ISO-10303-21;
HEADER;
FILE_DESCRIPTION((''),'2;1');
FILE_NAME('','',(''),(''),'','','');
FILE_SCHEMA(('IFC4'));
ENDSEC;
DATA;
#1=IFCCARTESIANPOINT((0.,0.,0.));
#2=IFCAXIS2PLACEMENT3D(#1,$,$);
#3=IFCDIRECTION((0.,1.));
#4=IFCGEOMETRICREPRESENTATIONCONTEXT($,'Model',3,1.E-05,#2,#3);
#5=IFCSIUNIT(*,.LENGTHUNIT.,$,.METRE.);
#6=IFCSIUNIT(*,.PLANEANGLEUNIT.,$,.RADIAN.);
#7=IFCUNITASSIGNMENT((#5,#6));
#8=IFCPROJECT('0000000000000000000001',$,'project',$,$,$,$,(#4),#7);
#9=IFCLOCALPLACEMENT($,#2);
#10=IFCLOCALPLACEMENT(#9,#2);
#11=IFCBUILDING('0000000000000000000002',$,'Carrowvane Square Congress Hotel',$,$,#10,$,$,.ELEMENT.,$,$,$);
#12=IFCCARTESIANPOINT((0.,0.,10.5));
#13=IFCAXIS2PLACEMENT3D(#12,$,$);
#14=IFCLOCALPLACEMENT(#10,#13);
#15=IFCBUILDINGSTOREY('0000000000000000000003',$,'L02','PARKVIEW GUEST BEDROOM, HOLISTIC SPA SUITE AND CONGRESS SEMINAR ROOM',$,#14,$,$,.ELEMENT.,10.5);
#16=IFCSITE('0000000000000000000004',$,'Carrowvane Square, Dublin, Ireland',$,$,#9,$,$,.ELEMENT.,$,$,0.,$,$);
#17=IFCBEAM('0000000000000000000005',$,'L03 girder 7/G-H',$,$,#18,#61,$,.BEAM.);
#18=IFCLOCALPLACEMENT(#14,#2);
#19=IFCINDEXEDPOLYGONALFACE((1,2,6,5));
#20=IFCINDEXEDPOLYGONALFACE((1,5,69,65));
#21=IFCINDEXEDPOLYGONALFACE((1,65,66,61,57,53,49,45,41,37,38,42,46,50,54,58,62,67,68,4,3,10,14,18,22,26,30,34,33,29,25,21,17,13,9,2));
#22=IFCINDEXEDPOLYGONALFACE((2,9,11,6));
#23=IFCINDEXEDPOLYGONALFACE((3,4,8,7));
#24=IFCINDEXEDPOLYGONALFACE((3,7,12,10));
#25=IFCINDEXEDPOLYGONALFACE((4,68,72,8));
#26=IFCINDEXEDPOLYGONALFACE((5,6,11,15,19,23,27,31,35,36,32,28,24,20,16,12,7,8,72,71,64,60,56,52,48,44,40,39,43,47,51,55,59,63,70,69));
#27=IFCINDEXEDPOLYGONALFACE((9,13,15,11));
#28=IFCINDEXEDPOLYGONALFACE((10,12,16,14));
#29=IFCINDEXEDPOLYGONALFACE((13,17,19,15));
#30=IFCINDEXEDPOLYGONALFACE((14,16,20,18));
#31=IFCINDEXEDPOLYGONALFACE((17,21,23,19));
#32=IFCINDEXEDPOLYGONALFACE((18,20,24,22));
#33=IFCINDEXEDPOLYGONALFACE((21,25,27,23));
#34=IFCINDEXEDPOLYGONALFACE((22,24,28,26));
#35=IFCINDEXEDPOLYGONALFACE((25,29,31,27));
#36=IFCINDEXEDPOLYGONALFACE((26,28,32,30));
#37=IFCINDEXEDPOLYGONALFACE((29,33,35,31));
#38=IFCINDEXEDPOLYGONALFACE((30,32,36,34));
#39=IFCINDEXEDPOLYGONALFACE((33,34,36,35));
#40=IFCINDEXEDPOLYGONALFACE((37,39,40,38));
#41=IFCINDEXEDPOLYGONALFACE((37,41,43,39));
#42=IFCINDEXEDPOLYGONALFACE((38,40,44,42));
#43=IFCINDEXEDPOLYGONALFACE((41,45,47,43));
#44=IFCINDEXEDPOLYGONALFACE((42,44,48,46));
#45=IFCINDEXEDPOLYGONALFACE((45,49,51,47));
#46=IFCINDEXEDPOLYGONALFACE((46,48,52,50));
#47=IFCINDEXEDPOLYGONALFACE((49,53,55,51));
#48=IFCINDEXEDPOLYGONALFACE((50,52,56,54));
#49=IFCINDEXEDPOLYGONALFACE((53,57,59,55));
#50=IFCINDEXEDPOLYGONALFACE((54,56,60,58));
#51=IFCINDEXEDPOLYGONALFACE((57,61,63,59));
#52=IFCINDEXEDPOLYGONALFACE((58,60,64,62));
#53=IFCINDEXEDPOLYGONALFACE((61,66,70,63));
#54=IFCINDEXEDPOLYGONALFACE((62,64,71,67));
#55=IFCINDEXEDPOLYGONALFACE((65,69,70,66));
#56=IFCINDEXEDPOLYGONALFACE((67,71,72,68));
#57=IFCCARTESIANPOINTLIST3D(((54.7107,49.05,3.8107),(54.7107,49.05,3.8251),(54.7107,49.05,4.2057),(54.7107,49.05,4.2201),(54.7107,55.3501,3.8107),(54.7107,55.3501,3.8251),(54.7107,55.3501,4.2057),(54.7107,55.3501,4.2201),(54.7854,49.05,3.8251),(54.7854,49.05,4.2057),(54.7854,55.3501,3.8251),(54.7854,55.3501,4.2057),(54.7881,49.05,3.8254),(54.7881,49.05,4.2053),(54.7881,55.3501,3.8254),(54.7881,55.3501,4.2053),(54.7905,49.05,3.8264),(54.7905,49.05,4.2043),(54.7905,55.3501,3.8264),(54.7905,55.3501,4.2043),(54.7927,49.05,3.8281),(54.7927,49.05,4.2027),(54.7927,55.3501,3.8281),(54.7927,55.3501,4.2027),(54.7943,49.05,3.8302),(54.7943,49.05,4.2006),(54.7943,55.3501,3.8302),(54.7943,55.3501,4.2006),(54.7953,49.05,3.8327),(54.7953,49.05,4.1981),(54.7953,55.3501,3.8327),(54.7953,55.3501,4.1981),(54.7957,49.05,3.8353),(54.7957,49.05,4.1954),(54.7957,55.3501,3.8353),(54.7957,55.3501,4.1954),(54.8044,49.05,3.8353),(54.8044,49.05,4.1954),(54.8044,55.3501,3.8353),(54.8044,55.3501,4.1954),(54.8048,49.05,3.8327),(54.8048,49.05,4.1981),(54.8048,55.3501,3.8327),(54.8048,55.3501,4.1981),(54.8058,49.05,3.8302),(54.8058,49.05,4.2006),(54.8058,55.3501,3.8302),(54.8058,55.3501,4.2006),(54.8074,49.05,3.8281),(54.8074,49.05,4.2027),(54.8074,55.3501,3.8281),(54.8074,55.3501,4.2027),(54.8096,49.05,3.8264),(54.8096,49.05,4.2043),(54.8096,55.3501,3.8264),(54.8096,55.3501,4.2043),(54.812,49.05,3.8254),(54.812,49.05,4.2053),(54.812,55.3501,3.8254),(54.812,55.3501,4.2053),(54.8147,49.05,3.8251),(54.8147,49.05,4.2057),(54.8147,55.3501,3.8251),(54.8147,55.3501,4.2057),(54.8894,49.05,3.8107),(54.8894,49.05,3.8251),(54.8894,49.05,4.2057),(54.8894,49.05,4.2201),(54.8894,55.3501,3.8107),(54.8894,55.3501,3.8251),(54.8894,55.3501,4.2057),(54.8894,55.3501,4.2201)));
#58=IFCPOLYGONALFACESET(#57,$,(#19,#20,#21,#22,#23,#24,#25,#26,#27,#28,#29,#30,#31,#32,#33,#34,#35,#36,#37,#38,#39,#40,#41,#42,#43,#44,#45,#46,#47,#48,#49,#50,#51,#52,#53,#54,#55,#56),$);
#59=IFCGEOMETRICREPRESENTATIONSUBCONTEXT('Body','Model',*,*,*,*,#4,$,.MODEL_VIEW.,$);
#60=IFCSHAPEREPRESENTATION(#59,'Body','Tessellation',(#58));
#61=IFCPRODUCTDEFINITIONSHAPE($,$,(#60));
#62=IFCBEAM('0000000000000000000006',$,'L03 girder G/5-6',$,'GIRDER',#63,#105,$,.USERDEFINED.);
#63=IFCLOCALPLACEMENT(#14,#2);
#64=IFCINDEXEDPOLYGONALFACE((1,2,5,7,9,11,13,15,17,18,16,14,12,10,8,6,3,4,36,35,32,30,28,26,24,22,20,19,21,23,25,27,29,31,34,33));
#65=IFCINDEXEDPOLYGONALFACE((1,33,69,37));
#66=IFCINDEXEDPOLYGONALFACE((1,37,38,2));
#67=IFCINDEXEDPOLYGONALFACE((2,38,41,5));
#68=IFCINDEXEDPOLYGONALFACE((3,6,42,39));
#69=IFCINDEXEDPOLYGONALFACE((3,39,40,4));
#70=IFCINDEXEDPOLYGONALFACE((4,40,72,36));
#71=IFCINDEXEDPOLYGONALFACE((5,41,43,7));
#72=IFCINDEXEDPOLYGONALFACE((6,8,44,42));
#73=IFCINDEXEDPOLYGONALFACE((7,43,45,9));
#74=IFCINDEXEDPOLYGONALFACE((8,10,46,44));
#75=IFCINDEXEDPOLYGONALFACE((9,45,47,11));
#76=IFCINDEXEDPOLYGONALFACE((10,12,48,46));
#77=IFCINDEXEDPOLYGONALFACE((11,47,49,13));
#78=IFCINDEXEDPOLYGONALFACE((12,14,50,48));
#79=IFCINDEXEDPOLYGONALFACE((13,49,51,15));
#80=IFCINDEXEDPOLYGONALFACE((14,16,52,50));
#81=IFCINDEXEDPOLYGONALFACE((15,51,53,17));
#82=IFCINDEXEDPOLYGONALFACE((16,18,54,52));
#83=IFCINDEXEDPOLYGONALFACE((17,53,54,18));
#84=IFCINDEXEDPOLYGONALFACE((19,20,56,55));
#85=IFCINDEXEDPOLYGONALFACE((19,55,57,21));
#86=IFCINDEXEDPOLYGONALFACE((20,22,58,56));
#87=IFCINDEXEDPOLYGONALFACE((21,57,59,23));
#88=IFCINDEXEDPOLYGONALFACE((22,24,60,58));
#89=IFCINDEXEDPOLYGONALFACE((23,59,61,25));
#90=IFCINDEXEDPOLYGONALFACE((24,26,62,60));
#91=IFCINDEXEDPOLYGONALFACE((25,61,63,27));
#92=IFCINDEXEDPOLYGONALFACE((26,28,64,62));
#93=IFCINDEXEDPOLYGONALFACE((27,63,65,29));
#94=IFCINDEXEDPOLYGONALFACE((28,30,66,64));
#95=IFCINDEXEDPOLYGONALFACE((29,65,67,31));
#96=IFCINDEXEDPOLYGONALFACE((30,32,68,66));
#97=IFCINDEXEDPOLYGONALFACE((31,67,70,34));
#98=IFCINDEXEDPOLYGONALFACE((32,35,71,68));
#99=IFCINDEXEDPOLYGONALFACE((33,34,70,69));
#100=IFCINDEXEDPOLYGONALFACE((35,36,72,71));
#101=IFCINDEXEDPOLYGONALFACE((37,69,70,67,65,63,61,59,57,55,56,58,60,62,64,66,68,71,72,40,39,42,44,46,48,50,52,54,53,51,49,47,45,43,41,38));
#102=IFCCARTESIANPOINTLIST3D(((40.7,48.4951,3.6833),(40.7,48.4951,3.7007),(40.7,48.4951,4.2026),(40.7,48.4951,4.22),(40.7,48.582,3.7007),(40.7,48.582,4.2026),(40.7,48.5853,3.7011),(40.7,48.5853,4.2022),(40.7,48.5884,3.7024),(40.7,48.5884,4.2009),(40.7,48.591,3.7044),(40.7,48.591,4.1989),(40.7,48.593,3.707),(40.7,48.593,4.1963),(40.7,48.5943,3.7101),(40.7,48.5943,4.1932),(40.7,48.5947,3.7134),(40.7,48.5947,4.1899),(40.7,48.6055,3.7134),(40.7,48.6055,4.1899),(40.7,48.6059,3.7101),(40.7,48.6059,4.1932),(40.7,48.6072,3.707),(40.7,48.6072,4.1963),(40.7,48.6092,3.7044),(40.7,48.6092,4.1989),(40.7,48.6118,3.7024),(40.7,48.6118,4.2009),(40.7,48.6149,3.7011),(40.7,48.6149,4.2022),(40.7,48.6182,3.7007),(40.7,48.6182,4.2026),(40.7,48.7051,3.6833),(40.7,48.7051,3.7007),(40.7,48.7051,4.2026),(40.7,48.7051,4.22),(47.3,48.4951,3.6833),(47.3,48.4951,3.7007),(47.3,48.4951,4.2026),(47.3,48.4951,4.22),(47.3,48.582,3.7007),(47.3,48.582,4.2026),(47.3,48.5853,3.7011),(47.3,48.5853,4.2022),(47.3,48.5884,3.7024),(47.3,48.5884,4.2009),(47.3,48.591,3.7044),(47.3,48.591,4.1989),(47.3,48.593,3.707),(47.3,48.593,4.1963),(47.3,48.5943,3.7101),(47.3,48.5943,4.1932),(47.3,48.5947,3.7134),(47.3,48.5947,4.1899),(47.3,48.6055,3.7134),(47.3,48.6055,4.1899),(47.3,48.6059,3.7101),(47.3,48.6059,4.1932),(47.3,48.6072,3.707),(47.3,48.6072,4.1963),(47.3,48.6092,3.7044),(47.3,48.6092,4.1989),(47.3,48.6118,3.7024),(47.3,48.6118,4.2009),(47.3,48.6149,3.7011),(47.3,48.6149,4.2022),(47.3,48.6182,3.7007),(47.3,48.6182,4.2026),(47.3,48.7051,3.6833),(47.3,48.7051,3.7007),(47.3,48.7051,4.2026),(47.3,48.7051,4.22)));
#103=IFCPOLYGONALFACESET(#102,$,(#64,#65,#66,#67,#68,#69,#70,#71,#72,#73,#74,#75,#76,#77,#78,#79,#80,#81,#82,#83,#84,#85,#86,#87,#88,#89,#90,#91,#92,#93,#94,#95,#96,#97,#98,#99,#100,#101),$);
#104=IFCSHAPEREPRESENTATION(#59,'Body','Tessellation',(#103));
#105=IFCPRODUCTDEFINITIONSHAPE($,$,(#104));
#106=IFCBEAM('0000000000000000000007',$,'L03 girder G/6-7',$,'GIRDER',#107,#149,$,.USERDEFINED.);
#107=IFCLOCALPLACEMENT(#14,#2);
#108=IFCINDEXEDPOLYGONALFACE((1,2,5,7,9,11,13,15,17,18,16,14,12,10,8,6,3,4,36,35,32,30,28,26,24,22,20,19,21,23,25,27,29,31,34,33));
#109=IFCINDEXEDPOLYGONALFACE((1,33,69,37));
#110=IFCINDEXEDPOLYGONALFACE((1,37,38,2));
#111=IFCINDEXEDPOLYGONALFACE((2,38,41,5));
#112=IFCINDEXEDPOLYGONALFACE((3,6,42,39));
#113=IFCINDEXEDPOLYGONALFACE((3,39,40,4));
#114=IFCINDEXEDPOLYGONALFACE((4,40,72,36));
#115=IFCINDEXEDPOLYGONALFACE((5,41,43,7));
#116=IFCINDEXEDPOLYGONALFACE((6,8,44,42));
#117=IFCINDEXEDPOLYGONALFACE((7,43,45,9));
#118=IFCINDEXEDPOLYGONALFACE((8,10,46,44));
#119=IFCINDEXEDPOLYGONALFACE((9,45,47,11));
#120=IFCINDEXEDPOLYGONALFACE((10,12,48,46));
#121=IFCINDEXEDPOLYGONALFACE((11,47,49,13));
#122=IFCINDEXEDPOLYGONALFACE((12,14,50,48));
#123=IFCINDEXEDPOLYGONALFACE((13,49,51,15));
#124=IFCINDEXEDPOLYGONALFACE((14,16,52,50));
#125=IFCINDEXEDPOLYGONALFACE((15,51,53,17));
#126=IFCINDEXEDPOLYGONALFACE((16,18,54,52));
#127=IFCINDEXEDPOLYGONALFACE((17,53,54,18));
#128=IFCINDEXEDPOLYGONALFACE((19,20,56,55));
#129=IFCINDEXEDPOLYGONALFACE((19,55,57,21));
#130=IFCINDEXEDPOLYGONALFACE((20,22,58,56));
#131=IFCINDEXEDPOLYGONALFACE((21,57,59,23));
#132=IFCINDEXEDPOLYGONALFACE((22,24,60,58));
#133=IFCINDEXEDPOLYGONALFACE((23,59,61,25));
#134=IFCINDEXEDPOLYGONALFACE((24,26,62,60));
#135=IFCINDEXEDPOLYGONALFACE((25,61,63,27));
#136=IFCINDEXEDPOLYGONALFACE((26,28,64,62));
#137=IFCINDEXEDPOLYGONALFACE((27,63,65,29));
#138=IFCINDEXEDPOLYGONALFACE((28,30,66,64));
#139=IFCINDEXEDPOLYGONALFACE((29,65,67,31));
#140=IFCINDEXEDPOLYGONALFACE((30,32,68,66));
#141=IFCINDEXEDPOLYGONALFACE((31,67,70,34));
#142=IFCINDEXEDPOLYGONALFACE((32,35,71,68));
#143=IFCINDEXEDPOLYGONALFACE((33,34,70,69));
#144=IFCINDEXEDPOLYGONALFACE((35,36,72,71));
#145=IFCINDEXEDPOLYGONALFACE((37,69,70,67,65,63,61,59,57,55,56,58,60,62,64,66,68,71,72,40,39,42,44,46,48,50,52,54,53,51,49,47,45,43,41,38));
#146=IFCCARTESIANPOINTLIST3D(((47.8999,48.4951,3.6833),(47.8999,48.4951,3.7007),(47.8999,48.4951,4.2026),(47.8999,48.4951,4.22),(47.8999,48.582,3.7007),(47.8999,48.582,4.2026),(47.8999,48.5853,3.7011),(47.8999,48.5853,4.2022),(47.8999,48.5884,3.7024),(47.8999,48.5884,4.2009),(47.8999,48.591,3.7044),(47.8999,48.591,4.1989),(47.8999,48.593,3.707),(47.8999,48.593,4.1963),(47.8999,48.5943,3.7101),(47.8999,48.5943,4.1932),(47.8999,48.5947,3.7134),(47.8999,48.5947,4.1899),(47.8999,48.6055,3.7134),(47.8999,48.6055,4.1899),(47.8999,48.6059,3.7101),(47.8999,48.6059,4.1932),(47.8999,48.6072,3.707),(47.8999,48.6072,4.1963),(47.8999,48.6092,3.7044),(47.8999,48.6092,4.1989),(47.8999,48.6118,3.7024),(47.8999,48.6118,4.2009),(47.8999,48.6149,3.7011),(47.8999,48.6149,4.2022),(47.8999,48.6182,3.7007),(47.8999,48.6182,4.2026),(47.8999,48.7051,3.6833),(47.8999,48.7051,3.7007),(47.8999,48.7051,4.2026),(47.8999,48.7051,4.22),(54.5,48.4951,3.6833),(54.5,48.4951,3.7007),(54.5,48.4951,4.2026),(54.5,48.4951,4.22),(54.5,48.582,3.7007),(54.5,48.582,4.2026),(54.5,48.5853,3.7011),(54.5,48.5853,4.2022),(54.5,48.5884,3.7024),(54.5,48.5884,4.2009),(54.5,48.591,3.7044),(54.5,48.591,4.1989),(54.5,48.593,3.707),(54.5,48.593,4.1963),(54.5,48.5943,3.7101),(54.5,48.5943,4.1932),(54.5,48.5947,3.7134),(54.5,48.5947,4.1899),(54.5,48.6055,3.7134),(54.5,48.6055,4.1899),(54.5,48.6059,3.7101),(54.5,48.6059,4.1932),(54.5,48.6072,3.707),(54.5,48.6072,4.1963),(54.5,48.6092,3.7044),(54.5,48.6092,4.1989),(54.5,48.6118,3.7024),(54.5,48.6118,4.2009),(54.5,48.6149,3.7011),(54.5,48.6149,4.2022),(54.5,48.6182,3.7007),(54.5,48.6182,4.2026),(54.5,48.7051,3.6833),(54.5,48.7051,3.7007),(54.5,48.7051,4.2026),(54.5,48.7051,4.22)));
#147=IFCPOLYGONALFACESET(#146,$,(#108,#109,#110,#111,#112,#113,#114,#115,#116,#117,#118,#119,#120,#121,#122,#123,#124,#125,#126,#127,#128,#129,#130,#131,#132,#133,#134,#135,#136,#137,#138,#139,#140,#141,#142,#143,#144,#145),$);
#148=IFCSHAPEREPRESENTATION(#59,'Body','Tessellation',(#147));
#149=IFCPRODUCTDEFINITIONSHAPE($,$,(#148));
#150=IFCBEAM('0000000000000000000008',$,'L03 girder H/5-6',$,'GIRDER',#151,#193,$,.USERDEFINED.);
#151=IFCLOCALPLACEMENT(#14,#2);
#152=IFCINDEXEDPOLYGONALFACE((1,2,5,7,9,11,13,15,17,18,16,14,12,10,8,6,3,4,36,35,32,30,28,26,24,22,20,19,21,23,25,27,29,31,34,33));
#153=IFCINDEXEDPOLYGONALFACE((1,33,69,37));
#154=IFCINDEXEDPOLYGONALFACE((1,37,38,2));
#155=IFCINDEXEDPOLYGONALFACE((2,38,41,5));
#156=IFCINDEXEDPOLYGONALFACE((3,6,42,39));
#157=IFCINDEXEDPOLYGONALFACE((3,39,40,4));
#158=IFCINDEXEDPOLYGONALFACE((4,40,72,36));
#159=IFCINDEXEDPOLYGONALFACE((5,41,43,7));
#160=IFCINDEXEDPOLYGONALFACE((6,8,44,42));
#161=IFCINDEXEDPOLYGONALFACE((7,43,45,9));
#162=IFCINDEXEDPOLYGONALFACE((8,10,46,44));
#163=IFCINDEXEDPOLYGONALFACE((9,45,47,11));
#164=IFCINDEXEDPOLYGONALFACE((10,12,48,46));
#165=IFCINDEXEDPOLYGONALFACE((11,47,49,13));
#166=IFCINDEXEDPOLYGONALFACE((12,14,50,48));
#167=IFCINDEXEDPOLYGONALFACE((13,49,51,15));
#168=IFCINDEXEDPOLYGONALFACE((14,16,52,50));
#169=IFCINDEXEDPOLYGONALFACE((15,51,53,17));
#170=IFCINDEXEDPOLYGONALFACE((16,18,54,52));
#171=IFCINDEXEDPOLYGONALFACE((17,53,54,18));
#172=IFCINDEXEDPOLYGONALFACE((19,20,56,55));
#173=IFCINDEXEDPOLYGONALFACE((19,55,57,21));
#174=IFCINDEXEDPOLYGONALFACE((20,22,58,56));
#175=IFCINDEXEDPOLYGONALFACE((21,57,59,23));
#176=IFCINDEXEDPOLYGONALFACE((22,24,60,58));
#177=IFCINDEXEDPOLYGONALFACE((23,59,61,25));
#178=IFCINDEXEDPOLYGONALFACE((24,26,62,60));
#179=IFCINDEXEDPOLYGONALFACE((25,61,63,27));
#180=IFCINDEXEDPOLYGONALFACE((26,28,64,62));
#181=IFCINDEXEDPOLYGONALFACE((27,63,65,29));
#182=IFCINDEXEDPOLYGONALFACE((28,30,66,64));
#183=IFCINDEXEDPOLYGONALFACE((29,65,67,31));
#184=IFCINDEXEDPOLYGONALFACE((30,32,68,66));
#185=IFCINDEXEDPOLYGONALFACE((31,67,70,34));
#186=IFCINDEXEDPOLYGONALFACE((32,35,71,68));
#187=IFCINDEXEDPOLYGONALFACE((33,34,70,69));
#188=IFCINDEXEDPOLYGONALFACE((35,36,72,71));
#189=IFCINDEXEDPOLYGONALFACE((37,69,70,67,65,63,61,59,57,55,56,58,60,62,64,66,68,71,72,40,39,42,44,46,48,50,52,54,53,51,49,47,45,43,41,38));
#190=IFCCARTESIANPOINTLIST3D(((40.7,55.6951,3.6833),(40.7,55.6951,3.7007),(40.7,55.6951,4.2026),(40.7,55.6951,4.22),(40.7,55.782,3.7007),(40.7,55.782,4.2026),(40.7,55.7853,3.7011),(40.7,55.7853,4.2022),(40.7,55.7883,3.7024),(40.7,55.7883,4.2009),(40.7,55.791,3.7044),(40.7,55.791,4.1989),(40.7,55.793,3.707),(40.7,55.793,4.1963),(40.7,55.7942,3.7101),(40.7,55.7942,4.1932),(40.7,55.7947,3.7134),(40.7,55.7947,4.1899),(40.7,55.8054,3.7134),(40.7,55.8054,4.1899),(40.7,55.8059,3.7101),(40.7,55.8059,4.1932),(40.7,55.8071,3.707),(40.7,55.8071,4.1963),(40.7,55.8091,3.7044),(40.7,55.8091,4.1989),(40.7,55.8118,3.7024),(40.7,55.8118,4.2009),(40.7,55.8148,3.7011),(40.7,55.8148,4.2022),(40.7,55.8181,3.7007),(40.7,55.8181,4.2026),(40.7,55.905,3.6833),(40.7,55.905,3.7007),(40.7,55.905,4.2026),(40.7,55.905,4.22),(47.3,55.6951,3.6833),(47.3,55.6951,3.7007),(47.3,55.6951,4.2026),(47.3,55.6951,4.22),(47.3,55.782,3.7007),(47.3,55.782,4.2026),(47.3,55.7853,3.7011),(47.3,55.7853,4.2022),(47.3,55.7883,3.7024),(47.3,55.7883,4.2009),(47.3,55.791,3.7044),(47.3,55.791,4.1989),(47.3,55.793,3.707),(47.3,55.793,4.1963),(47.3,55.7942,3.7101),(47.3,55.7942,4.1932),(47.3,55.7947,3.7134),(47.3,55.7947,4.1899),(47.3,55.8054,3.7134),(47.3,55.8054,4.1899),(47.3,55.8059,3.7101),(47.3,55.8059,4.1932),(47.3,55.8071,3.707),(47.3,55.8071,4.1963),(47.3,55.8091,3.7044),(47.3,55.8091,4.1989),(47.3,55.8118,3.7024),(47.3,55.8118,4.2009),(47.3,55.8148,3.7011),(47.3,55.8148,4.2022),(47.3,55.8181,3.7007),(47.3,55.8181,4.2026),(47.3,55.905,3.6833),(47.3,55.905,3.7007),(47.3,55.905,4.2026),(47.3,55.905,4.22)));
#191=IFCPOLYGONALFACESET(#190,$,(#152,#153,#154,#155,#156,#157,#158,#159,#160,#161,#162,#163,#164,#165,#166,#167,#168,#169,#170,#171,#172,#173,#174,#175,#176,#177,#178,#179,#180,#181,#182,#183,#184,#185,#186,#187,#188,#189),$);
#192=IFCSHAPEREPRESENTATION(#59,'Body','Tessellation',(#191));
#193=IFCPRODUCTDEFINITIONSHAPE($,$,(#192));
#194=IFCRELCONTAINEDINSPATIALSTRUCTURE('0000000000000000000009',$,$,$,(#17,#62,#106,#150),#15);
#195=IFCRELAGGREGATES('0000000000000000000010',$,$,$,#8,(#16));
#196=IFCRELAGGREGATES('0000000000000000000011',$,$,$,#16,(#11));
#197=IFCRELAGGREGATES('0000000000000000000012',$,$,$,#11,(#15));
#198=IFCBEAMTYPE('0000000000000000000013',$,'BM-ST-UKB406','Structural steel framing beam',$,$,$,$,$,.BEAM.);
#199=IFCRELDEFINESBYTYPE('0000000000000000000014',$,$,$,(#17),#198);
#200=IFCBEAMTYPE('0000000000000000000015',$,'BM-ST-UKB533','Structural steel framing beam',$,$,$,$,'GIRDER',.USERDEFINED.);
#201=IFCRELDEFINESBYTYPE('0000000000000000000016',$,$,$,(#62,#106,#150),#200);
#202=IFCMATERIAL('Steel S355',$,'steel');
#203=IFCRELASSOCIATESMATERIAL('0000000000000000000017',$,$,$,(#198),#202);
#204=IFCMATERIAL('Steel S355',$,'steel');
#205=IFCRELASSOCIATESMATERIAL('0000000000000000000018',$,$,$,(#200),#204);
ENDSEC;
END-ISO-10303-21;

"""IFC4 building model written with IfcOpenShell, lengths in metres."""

from ifc_helpers import new_model, si_unit, direction, frame, origin, origin_2d, place, context, subcontext, project, spatial, i_section, extrude, material, material_profile, profile_set, type_object, element, save


model = new_model("IFC4")

# Units and contexts
model_context = context("Model", 3, precision=1e-05, world=origin(), true_north=direction((0.0, 1.0)))
body_context = subcontext(model_context, "Body", "Model", "MODEL_VIEW")
ifc_project = project(units=[si_unit("LENGTHUNIT", "METRE"), si_unit("PLANEANGLEUNIT", "RADIAN")], contexts=[model_context])

# Site, building, storey
site_placement = place(None, origin())
site = spatial("IfcSite", under=ifc_project, at=site_placement, Name="Carrowvane Square, Dublin, Ireland", CompositionType="ELEMENT", RefElevation=0.0)
building_placement = place(site_placement, origin())
building = spatial("IfcBuilding", under=site, at=building_placement, Name="Carrowvane Square Congress Hotel", CompositionType="ELEMENT")
storey_placement = place(building_placement, frame((0.0, 0.0, 10.5)))
storey = spatial("IfcBuildingStorey", under=building, at=storey_placement, Name="L02", Description="PARKVIEW GUEST BEDROOM, HOLISTIC SPA SUITE AND CONGRESS SEMINAR ROOM", CompositionType="ELEMENT", Elevation=10.5)

# Beams
ifc_material_1 = material(Name="Steel S355", Category="steel")
ifc_material_profile_1 = material_profile(ifc_material_1, i_section(OverallWidth=0.1787, OverallDepth=0.4094, WebThickness=0.0088, FlangeThickness=0.0144, FilletRadius=0.0103, at=origin_2d()), Name="UKB 406x178x67")
ifc_profile_set_1 = profile_set([ifc_material_profile_1], Name="Steel S355")
beam_type_1 = type_object("IfcBeamType", Name="BM-ST-UKB406", Description="Structural steel framing beam", PredefinedType="BEAM", material=ifc_profile_set_1)
beam_1_placement = place(storey_placement, frame((54.8, 49.05, 4.0154), z_axis=(0.0, 1.0, 0.0), x_axis=(-1.0, 0.0, 0.0)))
element("IfcBeam", 1, at=beam_1_placement, inside=storey, type_object=beam_type_1, Name="L03 girder 7/G-H", PredefinedType="BEAM", context=body_context, shape_type="SweptSolid", body=[
    extrude(i_section(OverallWidth=0.1787, OverallDepth=0.4094, WebThickness=0.0088, FlangeThickness=0.0144, FilletRadius=0.0103, at=origin_2d()), origin(), (0.0, 0.0, 1.0), 6.3),
])
ifc_material_2 = material(Name="Steel S355", Category="steel")
ifc_material_profile_2 = material_profile(ifc_material_2, i_section(OverallWidth=0.21, OverallDepth=0.5366, WebThickness=0.0107, FlangeThickness=0.0173, FilletRadius=0.0127, at=origin_2d()), Name="UKB 533x210x101")
ifc_profile_set_2 = profile_set([ifc_material_profile_2], Name="Steel S355")
beam_type_2 = type_object("IfcBeamType", Name="BM-ST-UKB533", Description="Structural steel framing beam", ElementType="GIRDER", PredefinedType="USERDEFINED", material=ifc_profile_set_2)
for number, where, z_axis, x_axis, name in (
    (2, (40.7, 48.6001, 3.9517), (1.0, 0.0, 0.0), (0.0, 1.0, 0.0), "L03 girder G/5-6"),
    (3, (47.8999, 48.6001, 3.9517), (1.0, 0.0, 0.0), (0.0, 1.0, 0.0), "L03 girder G/6-7"),
    (4, (40.7, 55.8, 3.9517), (1.0, 0.0, 0.0), (0.0, 1.0, 0.0), "L03 girder H/5-6"),
):
    element("IfcBeam", number, at=place(storey_placement, frame(where, z_axis=z_axis, x_axis=x_axis)), inside=storey, type_object=beam_type_2, Name=name, ObjectType="GIRDER", PredefinedType="USERDEFINED", context=body_context, shape_type="SweptSolid", body=[
        extrude(i_section(OverallWidth=0.21, OverallDepth=0.5366, WebThickness=0.0107, FlangeThickness=0.0173, FilletRadius=0.0127, at=origin_2d()), origin(), (0.0, 0.0, 1.0), 6.6001),
    ])

save(model, "model.ifc")
